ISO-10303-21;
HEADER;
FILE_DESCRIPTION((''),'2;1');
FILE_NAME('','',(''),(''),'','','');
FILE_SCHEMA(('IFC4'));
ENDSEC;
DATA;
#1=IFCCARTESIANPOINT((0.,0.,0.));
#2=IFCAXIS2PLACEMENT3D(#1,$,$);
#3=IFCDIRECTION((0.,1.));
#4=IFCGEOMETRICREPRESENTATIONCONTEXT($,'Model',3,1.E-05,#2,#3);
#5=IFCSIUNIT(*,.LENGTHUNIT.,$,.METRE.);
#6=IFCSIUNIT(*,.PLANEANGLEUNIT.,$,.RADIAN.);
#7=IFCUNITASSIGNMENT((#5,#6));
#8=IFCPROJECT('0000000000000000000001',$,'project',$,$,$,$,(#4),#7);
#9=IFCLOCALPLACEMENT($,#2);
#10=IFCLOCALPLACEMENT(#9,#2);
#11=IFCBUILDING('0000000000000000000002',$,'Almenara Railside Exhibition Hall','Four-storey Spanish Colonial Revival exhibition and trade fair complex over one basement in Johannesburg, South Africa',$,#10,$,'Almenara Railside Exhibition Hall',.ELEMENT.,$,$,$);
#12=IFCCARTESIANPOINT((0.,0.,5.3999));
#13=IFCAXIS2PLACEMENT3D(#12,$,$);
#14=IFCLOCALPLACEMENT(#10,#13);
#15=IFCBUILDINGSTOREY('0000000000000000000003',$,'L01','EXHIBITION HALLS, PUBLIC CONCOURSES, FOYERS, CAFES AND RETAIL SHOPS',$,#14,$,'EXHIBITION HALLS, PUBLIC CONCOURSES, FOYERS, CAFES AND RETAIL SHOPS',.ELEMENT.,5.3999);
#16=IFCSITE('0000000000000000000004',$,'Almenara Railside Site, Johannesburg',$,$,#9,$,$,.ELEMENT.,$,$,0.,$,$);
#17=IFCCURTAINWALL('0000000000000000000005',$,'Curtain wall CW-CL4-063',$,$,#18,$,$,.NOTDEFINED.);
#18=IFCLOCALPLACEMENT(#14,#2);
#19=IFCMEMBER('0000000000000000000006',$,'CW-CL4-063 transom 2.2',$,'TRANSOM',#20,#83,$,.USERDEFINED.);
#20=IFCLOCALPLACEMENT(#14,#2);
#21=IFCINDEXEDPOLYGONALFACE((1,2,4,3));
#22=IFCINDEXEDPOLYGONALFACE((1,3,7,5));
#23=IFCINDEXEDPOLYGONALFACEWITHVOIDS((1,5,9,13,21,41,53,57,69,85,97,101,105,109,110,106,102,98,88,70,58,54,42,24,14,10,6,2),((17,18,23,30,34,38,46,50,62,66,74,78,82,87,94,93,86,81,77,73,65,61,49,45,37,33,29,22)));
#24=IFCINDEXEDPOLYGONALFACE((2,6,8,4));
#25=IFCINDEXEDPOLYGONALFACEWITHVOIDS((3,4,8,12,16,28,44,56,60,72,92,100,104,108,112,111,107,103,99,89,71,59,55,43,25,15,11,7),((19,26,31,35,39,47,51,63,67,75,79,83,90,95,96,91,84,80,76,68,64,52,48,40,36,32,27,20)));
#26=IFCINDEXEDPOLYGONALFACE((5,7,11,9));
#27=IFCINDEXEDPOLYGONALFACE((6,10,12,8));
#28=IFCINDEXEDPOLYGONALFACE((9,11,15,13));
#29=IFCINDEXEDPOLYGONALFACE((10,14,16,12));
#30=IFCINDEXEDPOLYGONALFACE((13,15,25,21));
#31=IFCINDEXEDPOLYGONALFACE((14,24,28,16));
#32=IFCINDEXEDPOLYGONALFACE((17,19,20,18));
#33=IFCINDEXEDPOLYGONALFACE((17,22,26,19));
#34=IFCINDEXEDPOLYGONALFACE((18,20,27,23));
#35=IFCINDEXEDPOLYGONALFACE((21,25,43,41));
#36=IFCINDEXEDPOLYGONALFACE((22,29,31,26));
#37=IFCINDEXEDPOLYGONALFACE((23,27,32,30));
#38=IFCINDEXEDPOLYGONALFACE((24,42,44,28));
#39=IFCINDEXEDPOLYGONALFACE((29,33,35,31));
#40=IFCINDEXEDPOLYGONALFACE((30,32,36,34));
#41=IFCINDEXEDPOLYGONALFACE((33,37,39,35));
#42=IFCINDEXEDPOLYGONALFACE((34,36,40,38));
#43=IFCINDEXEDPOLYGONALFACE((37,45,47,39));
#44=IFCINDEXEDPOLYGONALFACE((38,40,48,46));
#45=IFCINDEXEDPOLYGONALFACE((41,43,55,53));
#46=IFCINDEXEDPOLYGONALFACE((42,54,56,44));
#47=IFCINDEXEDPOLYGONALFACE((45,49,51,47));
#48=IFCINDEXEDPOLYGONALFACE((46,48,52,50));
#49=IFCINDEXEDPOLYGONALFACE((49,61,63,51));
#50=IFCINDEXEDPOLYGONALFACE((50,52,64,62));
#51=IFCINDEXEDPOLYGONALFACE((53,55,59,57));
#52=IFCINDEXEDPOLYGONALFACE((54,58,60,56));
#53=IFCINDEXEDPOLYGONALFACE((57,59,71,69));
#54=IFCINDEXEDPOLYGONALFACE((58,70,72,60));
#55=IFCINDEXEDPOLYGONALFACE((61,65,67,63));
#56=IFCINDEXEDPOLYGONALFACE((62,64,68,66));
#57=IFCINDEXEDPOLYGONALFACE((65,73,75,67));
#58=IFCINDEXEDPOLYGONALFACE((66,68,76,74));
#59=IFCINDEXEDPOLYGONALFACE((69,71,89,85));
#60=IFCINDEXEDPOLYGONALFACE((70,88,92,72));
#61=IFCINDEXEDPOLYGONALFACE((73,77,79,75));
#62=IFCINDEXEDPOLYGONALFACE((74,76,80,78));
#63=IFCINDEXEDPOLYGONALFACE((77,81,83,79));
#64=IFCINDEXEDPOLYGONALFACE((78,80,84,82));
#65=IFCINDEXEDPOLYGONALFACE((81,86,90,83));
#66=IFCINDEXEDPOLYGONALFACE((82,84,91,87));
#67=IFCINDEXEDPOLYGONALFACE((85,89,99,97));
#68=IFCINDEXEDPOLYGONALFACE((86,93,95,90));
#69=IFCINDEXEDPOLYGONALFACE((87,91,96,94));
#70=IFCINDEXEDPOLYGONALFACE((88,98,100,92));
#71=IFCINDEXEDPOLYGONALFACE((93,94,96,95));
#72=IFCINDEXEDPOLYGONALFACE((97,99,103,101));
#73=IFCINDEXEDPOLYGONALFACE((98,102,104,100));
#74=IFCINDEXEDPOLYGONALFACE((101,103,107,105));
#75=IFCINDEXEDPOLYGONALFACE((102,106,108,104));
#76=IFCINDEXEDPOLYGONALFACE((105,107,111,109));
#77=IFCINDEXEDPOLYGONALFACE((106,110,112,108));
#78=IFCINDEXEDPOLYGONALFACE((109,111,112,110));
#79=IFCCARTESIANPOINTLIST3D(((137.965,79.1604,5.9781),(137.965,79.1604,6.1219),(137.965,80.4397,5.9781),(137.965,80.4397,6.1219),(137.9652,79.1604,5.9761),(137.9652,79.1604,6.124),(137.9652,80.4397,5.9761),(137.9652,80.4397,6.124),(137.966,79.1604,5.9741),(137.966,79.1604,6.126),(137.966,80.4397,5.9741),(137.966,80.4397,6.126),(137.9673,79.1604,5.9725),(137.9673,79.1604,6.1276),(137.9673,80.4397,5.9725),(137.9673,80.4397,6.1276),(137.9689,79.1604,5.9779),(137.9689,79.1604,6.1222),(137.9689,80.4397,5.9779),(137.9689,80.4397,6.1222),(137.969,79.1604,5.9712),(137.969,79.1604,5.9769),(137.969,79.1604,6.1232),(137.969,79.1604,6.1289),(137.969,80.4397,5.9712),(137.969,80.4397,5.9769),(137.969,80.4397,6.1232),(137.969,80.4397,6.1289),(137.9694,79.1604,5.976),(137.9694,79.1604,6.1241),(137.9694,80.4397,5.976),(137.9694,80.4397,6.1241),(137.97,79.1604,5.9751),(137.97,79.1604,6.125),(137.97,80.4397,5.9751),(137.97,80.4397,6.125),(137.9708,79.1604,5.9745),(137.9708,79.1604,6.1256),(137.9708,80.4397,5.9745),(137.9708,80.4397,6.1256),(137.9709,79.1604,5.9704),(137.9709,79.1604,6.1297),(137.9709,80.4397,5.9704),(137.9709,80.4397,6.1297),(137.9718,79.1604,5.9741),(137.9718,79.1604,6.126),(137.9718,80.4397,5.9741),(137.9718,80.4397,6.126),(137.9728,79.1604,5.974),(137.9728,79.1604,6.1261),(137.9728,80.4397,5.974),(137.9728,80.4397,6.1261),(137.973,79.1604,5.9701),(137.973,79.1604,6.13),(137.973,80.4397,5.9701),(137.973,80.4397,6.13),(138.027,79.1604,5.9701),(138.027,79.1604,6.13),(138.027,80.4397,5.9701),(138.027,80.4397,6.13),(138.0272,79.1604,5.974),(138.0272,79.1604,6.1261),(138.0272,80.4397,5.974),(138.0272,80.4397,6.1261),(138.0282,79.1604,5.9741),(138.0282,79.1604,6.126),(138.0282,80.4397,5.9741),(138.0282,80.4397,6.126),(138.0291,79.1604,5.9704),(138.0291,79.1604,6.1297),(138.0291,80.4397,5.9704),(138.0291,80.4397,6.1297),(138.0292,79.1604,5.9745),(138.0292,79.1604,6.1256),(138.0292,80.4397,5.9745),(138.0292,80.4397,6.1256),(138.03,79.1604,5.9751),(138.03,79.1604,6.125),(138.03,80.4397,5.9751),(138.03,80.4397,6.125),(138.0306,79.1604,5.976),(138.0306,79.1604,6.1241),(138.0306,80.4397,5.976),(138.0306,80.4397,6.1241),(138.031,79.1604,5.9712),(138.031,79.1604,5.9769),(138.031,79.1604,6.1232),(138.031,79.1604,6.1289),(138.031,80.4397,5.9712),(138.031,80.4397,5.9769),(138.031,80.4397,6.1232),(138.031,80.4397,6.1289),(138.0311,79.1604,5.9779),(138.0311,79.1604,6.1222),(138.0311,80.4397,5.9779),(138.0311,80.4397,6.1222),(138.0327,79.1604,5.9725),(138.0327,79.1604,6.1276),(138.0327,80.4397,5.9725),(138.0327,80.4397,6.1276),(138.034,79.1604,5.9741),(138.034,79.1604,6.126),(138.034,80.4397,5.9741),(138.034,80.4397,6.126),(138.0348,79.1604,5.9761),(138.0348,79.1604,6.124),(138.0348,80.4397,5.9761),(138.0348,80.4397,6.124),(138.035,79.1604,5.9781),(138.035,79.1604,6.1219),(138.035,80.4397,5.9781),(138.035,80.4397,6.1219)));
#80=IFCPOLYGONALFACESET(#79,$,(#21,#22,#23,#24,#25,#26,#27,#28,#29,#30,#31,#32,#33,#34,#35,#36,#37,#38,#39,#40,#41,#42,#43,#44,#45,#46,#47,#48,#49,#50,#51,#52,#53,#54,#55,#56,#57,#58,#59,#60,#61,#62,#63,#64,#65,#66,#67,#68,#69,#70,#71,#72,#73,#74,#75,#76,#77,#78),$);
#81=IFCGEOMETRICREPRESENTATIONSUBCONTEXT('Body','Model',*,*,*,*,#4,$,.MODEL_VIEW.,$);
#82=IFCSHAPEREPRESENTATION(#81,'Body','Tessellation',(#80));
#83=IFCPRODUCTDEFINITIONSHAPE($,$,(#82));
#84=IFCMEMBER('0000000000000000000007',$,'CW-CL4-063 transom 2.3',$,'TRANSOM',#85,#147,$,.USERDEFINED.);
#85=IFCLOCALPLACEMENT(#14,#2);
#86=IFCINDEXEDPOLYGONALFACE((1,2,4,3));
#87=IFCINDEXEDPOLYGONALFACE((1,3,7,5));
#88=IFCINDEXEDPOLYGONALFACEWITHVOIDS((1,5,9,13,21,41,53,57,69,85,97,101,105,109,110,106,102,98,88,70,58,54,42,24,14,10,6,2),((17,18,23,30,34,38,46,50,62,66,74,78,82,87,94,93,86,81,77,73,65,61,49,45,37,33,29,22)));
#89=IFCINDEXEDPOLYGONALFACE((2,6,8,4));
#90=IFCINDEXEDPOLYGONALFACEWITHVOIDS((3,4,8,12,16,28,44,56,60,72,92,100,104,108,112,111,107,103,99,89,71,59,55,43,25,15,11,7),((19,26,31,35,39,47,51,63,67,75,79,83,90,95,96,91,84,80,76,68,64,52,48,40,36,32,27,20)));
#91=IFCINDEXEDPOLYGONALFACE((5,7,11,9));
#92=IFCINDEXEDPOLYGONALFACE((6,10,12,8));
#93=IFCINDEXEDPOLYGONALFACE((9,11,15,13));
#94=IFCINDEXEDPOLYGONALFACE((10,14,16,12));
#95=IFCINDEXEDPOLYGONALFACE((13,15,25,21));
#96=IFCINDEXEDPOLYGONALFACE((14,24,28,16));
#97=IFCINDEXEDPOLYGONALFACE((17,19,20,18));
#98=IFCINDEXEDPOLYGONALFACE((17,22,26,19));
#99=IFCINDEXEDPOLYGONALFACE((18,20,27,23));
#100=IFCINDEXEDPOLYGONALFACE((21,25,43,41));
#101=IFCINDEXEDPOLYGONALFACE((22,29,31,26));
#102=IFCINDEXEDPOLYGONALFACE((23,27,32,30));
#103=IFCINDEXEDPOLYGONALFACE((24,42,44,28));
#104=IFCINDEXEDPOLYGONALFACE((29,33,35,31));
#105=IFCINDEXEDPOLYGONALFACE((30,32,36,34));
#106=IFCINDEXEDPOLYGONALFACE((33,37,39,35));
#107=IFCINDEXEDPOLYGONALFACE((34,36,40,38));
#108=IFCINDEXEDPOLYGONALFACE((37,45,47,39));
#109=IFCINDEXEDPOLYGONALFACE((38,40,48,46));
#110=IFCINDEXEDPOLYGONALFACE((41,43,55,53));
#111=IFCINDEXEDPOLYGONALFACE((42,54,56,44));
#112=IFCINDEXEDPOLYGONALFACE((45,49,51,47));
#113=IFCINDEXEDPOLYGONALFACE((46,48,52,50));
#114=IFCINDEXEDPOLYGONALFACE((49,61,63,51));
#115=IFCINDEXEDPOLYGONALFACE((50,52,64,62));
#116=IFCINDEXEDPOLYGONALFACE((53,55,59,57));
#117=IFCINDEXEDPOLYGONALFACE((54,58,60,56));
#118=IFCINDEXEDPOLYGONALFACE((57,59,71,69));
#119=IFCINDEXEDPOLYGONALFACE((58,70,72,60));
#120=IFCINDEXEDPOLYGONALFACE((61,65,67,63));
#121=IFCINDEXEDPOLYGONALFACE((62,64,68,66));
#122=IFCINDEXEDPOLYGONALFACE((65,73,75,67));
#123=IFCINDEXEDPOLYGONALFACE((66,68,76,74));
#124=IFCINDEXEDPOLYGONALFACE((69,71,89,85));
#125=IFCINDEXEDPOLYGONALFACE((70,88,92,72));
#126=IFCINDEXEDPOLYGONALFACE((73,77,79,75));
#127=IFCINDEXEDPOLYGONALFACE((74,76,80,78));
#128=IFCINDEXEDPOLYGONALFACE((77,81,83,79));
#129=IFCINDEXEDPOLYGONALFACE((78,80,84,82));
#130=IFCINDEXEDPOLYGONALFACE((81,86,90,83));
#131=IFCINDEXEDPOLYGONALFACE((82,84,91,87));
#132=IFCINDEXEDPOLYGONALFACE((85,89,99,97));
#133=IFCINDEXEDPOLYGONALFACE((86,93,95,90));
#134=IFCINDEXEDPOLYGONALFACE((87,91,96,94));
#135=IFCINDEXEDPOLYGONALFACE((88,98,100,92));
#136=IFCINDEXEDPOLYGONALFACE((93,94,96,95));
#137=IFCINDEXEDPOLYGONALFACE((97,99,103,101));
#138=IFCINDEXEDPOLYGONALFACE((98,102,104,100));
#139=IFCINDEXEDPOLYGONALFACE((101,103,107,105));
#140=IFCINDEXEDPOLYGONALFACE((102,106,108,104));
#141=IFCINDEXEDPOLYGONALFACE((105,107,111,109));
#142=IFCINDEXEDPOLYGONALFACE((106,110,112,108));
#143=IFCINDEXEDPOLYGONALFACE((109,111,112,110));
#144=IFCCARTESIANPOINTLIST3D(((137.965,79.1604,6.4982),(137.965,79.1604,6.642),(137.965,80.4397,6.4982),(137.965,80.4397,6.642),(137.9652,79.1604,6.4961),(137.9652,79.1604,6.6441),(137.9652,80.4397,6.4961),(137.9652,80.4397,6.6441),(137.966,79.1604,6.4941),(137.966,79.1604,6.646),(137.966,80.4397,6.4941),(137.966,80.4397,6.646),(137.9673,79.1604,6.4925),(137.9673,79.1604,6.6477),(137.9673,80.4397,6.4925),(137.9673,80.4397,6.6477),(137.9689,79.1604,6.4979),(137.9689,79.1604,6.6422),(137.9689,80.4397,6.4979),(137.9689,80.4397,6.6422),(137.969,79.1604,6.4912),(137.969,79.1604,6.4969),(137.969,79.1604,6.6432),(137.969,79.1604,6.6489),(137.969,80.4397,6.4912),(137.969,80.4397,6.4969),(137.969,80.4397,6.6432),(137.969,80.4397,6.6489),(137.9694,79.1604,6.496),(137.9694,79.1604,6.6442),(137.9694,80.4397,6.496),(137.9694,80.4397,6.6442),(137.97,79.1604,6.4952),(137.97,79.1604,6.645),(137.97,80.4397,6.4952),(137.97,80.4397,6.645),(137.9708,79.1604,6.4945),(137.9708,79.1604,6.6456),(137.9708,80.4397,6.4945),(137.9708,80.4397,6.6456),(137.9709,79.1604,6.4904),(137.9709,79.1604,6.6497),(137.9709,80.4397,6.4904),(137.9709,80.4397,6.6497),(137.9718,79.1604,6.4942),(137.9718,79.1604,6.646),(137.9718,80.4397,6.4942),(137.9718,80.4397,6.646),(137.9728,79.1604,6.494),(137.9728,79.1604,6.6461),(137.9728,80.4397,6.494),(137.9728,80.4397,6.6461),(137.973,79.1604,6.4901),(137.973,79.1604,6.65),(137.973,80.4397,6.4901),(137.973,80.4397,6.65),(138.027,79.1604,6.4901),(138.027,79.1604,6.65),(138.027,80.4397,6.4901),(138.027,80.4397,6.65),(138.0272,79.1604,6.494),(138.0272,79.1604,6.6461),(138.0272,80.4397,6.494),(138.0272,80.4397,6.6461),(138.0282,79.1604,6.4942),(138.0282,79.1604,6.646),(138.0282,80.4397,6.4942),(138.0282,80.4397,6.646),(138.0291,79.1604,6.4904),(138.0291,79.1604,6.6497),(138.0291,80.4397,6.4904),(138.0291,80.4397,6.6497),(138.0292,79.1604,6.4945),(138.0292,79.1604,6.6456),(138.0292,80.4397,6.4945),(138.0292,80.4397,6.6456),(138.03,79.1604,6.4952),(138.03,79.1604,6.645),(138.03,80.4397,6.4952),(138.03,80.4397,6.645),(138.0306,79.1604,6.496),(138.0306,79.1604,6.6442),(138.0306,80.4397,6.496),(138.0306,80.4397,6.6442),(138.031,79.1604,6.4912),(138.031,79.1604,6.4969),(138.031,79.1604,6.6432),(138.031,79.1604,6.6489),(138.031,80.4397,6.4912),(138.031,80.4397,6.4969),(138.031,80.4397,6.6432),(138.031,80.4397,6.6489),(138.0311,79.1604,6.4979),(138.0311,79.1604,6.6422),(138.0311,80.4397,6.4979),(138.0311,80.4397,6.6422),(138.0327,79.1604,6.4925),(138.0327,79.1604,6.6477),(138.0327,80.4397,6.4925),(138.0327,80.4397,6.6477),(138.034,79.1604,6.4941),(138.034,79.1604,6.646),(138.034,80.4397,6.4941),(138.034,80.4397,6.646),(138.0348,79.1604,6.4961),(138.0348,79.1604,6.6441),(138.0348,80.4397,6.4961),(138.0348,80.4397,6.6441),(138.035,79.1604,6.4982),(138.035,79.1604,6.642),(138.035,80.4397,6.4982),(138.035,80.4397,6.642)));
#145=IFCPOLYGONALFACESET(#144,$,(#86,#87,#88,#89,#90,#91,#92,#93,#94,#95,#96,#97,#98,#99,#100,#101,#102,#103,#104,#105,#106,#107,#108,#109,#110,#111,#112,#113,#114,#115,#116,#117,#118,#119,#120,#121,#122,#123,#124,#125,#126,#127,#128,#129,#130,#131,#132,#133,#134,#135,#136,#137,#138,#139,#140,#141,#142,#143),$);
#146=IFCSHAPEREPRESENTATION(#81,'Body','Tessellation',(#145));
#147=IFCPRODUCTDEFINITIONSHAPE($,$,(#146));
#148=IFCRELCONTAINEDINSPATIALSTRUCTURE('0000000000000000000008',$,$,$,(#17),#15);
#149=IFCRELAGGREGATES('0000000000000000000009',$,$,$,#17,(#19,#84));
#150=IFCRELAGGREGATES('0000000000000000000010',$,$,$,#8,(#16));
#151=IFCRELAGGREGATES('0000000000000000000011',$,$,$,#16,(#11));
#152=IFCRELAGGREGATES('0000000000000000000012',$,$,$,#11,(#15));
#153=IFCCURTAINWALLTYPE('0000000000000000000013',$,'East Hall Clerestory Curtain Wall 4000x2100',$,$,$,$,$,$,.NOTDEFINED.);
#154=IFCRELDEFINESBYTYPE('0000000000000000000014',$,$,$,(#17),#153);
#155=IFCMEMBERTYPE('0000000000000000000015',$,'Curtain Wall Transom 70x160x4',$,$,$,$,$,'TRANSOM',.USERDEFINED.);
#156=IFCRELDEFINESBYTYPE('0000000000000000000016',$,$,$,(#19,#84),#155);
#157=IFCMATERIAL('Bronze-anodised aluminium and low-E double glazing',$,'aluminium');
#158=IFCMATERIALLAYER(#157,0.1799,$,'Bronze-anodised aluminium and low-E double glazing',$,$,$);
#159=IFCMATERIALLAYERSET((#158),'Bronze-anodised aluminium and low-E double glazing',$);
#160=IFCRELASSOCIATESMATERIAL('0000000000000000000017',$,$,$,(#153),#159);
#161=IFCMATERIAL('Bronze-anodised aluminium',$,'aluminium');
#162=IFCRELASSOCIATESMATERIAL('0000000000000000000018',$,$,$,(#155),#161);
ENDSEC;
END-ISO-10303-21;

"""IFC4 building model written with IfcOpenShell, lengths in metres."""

from ifc_helpers import new_model, si_unit, direction, frame, origin, origin_2d, place, context, subcontext, project, spatial, hollow_rectangle, extrude, material, layer, layer_set, material_profile, profile_set, type_object, element, aggregate, save


model = new_model("IFC4")

# Units and contexts
model_context = context("Model", 3, precision=1e-05, world=origin(), true_north=direction((0.0, 1.0)))
body_context = subcontext(model_context, "Body", "Model", "MODEL_VIEW")
ifc_project = project(units=[si_unit("LENGTHUNIT", "METRE"), si_unit("PLANEANGLEUNIT", "RADIAN")], contexts=[model_context])

# Site, building, storey
site_placement = place(None, origin())
site = spatial("IfcSite", under=ifc_project, at=site_placement, Name="Almenara Railside Site, Johannesburg", CompositionType="ELEMENT", RefElevation=0.0)
building_placement = place(site_placement, origin())
building = spatial("IfcBuilding", under=site, at=building_placement, Name="Almenara Railside Exhibition Hall", Description="Four-storey Spanish Colonial Revival exhibition and trade fair complex over one basement in Johannesburg, South Africa", LongName="Almenara Railside Exhibition Hall", CompositionType="ELEMENT")
storey_placement = place(building_placement, frame((0.0, 0.0, 5.3999)))
storey = spatial("IfcBuildingStorey", under=building, at=storey_placement, Name="L01", Description="EXHIBITION HALLS, PUBLIC CONCOURSES, FOYERS, CAFES AND RETAIL SHOPS", LongName="EXHIBITION HALLS, PUBLIC CONCOURSES, FOYERS, CAFES AND RETAIL SHOPS", CompositionType="ELEMENT", Elevation=5.3999)

# Curtain wall
ifc_material_1 = material(Name="Bronze-anodised aluminium and low-E double glazing", Category="aluminium")
ifc_layer_1 = layer(ifc_material_1, 0.1799, Name="Bronze-anodised aluminium and low-E double glazing")
ifc_layer_set_1 = layer_set([ifc_layer_1], Name="Bronze-anodised aluminium and low-E double glazing")
curtain_wall_type = type_object("IfcCurtainWallType", Name="East Hall Clerestory Curtain Wall 4000x2100", PredefinedType="NOTDEFINED", material=ifc_layer_set_1)
ifc_material_2 = material(Name="Bronze-anodised aluminium", Category="aluminium")
curtain_wall_1_placement = place(storey_placement, origin())
curtain_wall_1 = element("IfcCurtainWall", 1, at=curtain_wall_1_placement, inside=storey, type_object=curtain_wall_type, Name="Curtain wall CW-CL4-063", PredefinedType="NOTDEFINED")

# Members
ifc_material_profile_1 = material_profile(ifc_material_2, hollow_rectangle(XDim=0.0701, YDim=0.1599, WallThickness=0.0039, InnerFilletRadius=0.0039, OuterFilletRadius=0.0081, at=origin_2d()), Name="ALU-TRN 70x160x4")
ifc_profile_set_1 = profile_set([ifc_material_profile_1], Name="Bronze-anodised aluminium")
member_type_1 = type_object("IfcMemberType", Name="Curtain Wall Transom 70x160x4", ElementType="TRANSOM", PredefinedType="USERDEFINED", material=ifc_profile_set_1)
member_1_placement = place(storey_placement, frame((138.0, 79.1604, 6.05), z_axis=(0.0, 1.0, 0.0), x_axis=(-1.0, 0.0, 0.0)))
member_1 = element("IfcMember", 2, at=member_1_placement, type_object=member_type_1, Name="CW-CL4-063 transom 2.2", ObjectType="TRANSOM", PredefinedType="USERDEFINED", context=body_context, shape_type="SweptSolid", body=[
    extrude(hollow_rectangle(XDim=0.0701, YDim=0.1599, WallThickness=0.0039, InnerFilletRadius=0.0039, OuterFilletRadius=0.0081, at=origin_2d()), origin(), (0.0, 0.0, 1.0), 1.2793),
])
member_2_placement = place(storey_placement, frame((138.0, 79.1604, 6.5701), z_axis=(0.0, 1.0, 0.0), x_axis=(-1.0, 0.0, 0.0)))
member_2 = element("IfcMember", 3, at=member_2_placement, type_object=member_type_1, Name="CW-CL4-063 transom 2.3", ObjectType="TRANSOM", PredefinedType="USERDEFINED", context=body_context, shape_type="SweptSolid", body=[
    extrude(hollow_rectangle(XDim=0.0701, YDim=0.1599, WallThickness=0.0039, InnerFilletRadius=0.0039, OuterFilletRadius=0.0081, at=origin_2d()), origin(), (0.0, 0.0, 1.0), 1.2793),
])

aggregate(curtain_wall_1, [member_1, member_2])

save(model, "model.ifc")
